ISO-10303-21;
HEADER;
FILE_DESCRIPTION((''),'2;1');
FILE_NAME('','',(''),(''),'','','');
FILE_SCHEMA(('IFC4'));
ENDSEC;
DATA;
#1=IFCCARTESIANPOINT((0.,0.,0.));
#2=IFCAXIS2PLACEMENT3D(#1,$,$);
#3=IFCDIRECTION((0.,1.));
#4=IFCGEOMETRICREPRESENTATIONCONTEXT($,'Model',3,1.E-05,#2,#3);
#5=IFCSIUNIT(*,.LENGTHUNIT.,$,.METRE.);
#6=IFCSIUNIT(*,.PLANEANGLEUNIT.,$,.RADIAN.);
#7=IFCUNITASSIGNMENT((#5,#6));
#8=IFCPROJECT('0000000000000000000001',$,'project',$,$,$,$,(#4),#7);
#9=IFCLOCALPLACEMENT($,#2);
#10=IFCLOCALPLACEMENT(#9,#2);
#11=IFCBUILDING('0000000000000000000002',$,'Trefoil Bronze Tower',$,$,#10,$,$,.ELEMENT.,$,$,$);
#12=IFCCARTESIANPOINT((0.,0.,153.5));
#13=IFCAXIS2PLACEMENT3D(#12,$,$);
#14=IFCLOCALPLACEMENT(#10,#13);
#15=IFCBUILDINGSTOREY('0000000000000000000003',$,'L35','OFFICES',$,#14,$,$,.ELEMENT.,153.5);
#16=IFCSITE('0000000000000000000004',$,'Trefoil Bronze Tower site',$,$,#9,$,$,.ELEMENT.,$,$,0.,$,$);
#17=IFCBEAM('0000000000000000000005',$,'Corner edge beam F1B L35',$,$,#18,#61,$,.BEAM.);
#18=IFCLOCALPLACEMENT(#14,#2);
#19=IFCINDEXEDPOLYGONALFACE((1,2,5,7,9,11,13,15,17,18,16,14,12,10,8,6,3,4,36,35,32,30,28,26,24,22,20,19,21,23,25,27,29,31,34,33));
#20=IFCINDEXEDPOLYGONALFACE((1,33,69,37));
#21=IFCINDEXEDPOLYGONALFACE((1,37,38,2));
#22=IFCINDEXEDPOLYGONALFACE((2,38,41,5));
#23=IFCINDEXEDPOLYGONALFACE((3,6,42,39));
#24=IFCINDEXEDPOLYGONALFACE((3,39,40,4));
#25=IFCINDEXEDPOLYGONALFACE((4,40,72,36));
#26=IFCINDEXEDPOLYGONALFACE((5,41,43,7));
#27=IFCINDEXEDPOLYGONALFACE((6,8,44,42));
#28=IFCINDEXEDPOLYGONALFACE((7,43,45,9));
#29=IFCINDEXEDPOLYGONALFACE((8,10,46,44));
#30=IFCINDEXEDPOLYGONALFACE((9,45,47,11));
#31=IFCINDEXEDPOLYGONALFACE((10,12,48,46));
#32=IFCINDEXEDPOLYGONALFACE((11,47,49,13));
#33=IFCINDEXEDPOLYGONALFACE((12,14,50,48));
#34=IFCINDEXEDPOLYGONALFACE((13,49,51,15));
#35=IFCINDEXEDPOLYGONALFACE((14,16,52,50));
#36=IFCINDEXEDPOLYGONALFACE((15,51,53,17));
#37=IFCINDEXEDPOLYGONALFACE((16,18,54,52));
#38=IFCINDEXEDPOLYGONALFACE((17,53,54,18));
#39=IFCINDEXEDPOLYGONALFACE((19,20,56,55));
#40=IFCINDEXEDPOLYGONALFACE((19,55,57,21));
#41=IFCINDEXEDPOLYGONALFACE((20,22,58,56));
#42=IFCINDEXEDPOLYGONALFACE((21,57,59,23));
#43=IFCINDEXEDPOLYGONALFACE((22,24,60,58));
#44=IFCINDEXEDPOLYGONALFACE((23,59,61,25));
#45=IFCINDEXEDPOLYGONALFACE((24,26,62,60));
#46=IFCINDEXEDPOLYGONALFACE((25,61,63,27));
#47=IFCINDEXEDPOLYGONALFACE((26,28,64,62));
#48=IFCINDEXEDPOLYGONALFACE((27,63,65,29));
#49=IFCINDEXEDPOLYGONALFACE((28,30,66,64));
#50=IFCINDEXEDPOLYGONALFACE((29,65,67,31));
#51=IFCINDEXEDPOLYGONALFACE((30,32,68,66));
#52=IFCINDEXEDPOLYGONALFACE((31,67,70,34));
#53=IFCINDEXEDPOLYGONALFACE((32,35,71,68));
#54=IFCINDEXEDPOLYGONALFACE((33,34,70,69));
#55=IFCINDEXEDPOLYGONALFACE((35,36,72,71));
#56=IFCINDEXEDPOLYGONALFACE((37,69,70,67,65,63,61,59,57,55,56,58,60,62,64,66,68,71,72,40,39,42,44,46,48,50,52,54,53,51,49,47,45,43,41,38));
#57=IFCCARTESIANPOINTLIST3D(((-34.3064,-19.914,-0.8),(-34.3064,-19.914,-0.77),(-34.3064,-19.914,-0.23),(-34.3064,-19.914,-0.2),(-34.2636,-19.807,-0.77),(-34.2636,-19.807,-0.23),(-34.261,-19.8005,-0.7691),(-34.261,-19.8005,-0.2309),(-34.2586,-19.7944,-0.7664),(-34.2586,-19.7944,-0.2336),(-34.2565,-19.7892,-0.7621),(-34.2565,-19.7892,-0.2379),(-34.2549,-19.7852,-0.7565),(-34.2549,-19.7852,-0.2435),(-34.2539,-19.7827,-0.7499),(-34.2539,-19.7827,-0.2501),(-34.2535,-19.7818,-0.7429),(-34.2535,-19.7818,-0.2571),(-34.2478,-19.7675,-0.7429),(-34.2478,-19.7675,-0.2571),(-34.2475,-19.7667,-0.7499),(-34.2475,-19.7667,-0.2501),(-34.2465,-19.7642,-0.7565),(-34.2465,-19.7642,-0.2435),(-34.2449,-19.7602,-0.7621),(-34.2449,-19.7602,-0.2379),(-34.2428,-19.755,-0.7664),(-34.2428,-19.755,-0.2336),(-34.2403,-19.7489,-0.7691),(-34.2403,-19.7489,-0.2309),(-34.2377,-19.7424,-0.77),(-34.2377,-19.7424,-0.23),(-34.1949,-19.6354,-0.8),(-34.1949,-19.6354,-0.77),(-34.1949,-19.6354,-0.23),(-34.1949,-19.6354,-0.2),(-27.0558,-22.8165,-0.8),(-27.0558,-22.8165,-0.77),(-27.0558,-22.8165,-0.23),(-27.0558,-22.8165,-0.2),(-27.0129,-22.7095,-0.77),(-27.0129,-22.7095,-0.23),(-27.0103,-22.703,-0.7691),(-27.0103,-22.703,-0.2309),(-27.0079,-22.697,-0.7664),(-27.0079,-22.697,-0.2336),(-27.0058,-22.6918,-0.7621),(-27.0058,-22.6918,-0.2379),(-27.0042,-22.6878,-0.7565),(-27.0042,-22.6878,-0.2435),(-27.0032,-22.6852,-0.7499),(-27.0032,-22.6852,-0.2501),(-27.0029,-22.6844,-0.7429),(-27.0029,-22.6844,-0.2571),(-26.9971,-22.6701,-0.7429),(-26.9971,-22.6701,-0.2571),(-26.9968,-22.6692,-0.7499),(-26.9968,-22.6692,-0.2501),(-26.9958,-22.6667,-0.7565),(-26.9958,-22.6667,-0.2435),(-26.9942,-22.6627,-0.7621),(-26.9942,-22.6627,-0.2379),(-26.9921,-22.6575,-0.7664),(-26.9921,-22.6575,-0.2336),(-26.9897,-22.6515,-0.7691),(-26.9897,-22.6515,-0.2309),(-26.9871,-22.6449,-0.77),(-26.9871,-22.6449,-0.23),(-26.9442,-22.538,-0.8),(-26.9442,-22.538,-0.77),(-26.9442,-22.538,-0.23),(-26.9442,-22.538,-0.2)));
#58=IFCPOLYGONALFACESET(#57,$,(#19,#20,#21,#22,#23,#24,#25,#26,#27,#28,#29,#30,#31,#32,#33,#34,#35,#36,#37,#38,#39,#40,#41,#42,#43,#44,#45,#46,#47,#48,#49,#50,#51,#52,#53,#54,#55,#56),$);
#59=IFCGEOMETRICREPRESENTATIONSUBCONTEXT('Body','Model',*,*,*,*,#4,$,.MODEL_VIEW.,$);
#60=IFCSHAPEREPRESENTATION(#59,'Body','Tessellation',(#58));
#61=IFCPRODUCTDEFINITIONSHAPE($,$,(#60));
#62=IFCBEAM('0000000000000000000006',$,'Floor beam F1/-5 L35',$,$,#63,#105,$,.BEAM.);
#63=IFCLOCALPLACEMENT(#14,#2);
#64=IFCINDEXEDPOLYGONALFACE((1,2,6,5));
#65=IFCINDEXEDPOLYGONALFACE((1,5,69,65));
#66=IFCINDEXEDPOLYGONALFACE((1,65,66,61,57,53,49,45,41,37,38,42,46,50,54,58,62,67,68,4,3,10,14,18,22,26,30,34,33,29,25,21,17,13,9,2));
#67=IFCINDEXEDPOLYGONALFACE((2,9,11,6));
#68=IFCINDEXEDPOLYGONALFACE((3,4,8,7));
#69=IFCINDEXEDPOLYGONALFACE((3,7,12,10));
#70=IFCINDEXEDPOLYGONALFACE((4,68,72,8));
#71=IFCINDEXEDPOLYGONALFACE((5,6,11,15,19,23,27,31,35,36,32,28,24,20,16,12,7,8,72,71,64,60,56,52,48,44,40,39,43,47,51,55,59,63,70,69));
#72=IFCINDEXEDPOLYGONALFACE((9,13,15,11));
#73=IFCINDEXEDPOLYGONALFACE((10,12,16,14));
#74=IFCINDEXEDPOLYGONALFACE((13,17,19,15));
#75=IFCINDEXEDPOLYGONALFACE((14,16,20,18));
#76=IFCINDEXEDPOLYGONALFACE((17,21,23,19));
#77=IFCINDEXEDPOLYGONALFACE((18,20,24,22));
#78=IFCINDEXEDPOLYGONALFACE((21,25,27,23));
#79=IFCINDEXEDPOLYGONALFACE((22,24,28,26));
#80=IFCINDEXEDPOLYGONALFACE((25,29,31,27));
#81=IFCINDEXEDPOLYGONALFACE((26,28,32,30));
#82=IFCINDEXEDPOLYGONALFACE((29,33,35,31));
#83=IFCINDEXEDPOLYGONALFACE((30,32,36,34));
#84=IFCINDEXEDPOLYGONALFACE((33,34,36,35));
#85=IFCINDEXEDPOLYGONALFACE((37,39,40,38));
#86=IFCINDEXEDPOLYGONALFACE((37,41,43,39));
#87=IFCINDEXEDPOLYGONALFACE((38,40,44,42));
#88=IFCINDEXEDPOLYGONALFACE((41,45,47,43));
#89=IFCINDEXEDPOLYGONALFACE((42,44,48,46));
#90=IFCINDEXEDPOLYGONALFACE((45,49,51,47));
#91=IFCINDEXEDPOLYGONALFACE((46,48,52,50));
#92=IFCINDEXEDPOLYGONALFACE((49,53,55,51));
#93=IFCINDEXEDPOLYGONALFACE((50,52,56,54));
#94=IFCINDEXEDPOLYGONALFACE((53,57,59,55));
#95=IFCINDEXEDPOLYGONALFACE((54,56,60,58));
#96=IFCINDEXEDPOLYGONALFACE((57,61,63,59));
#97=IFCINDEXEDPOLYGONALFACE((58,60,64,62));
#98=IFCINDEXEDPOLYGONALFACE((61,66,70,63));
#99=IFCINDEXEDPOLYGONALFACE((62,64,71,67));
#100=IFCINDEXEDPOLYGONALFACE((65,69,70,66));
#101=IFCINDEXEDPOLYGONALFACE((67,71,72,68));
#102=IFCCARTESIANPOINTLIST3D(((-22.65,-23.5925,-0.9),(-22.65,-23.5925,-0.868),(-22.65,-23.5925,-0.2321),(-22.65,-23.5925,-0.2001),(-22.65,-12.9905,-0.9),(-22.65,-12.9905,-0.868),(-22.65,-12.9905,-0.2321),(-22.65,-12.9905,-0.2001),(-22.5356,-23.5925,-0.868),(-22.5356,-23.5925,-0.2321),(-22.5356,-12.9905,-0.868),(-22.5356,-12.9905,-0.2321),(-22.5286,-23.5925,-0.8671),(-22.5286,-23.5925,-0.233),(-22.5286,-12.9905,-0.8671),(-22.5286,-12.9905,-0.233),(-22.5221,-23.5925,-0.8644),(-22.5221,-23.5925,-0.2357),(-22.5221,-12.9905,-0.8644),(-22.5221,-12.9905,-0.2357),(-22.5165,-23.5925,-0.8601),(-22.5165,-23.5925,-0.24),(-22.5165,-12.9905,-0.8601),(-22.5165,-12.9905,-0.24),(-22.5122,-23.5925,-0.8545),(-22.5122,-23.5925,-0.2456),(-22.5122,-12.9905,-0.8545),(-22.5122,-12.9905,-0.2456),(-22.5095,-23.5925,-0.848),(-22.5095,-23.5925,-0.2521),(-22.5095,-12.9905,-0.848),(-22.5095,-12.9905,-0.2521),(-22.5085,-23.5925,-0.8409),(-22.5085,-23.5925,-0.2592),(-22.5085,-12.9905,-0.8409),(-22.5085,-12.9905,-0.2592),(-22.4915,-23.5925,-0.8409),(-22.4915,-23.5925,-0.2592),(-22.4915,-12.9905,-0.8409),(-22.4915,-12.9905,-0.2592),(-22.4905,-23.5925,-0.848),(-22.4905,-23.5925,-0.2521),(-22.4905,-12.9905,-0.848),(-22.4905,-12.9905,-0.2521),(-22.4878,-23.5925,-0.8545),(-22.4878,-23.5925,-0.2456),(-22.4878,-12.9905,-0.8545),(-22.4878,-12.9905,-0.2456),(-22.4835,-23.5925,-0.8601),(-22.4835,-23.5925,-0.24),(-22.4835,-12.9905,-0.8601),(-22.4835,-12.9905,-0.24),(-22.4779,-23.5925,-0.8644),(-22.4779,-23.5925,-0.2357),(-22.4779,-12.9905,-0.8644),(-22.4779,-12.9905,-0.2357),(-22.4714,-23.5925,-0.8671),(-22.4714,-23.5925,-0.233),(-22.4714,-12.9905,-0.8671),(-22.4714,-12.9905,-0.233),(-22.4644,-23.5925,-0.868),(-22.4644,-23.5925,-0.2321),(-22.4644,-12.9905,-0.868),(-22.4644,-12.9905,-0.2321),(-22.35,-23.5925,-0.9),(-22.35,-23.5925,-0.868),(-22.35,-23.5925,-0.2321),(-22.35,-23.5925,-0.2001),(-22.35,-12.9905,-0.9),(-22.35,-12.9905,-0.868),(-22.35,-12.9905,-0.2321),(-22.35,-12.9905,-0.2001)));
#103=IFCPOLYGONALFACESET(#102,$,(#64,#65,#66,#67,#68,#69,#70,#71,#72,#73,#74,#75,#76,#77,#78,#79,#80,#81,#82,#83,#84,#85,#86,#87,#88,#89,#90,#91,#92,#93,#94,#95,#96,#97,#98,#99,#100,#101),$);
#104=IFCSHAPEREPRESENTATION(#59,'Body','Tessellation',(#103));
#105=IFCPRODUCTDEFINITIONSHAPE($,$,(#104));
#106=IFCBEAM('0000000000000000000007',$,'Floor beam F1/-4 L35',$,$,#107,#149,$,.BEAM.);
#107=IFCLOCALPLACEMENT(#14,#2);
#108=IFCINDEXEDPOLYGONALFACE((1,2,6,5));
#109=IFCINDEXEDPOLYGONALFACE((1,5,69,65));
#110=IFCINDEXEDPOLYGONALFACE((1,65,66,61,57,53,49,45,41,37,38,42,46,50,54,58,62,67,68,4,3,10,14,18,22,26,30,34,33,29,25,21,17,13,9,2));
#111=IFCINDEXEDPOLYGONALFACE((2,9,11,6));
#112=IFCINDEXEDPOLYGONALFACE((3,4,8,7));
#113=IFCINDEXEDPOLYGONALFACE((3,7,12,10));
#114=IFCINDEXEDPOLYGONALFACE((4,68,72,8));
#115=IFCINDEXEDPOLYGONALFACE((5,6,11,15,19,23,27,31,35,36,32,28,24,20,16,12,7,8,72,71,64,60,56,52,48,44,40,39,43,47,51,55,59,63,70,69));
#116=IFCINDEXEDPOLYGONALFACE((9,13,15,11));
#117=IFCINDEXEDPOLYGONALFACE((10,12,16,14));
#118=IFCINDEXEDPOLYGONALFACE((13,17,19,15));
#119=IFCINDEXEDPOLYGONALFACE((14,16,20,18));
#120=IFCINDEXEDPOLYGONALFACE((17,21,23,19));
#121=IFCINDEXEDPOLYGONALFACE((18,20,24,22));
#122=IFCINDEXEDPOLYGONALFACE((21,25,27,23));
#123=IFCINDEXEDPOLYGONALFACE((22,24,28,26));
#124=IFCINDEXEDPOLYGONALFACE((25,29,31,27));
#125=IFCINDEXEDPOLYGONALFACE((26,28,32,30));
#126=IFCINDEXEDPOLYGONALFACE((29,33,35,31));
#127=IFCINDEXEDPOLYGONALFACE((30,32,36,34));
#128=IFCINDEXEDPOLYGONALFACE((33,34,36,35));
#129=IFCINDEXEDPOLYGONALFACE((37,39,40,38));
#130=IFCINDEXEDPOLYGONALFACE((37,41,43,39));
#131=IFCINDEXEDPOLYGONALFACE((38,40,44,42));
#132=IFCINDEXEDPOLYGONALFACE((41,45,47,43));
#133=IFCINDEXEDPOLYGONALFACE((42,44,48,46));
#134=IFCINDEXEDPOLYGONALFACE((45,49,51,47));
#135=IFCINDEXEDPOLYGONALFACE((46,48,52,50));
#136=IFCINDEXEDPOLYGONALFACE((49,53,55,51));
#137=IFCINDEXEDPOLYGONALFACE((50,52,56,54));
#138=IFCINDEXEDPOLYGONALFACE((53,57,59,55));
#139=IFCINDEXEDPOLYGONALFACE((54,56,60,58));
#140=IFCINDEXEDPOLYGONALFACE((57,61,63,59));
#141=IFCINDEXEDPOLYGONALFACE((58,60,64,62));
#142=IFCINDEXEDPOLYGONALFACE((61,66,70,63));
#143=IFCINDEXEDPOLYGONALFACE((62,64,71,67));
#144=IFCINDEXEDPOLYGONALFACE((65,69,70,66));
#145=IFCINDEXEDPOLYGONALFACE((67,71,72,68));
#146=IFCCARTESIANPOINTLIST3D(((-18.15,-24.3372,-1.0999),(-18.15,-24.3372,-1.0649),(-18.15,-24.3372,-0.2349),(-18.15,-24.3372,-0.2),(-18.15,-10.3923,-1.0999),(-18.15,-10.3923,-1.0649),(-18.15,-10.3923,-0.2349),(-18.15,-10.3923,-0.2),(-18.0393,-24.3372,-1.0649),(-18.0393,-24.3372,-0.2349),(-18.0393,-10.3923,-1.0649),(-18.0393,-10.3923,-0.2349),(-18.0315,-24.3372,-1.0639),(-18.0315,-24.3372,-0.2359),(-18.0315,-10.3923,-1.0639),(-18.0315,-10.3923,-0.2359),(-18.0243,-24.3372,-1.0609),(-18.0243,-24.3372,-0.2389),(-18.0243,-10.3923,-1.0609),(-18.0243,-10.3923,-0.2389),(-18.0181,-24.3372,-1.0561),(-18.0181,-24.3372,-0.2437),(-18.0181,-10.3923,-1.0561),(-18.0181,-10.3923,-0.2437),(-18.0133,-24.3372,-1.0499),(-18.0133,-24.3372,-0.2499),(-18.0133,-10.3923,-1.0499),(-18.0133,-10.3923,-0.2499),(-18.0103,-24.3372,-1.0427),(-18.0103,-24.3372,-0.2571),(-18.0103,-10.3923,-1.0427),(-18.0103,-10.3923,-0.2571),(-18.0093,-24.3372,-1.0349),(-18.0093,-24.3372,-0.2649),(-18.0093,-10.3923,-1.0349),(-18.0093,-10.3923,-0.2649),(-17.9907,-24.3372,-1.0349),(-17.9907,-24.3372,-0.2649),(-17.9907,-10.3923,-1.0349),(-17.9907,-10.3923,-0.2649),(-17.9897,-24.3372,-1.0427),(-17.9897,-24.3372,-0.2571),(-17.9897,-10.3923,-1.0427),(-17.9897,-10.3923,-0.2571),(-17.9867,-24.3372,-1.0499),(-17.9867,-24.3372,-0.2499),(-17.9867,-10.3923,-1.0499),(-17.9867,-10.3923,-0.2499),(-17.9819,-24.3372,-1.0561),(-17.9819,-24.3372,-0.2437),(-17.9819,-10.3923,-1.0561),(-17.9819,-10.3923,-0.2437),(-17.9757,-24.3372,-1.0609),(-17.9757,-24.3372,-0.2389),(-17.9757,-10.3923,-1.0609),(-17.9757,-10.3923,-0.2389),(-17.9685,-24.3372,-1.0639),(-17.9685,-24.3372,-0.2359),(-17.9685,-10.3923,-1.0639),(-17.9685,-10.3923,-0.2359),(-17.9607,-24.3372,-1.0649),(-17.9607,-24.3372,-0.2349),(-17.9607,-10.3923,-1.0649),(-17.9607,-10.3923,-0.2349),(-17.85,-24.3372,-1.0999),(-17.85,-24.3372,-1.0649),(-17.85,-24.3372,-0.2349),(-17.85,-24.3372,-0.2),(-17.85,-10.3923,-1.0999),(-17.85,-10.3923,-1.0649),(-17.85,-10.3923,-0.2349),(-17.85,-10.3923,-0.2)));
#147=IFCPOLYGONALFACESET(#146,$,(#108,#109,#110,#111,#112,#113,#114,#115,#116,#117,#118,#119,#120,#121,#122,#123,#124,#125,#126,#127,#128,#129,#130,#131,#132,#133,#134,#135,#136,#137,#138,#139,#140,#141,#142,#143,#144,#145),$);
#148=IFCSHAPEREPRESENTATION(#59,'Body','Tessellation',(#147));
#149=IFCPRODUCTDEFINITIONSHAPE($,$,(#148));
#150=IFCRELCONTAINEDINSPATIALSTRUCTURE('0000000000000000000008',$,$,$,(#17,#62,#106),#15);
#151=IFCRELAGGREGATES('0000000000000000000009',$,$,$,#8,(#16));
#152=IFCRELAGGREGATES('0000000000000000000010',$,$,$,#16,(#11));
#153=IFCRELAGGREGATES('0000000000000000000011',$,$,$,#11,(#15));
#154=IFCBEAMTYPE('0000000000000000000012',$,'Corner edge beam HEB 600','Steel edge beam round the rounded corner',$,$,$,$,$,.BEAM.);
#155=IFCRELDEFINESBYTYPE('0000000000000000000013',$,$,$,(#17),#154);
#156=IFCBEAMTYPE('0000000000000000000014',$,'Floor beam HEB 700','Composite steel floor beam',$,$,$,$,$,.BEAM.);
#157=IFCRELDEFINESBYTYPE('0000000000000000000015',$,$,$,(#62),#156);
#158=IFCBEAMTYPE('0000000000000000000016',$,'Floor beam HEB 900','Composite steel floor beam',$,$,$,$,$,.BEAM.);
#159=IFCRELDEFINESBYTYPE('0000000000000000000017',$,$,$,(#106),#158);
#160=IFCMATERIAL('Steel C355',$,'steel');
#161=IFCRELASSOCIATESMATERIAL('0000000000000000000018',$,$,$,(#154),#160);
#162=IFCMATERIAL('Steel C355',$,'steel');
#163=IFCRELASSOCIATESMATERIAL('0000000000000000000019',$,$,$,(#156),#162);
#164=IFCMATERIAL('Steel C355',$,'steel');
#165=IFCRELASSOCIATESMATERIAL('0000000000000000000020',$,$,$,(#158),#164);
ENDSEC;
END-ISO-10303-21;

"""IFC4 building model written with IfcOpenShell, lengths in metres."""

from ifc_helpers import new_model, si_unit, direction, frame, origin, origin_2d, place, context, subcontext, project, spatial, i_section, extrude, material, material_profile, profile_set, type_object, element, save


model = new_model("IFC4")

# Units and contexts
model_context = context("Model", 3, precision=1e-05, world=origin(), true_north=direction((0.0, 1.0)))
body_context = subcontext(model_context, "Body", "Model", "MODEL_VIEW")
ifc_project = project(units=[si_unit("LENGTHUNIT", "METRE"), si_unit("PLANEANGLEUNIT", "RADIAN")], contexts=[model_context])

# Site, building, storey
site_placement = place(None, origin())
site = spatial("IfcSite", under=ifc_project, at=site_placement, Name="Trefoil Bronze Tower site", CompositionType="ELEMENT", RefElevation=0.0)
building_placement = place(site_placement, origin())
building = spatial("IfcBuilding", under=site, at=building_placement, Name="Trefoil Bronze Tower", CompositionType="ELEMENT")
storey_placement = place(building_placement, frame((0.0, 0.0, 153.5)))
storey = spatial("IfcBuildingStorey", under=building, at=storey_placement, Name="L35", Description="OFFICES", CompositionType="ELEMENT", Elevation=153.5)

# Beams
ifc_material_1 = material(Name="Steel C355", Category="steel")
ifc_material_profile_1 = material_profile(ifc_material_1, i_section(OverallWidth=0.3, OverallDepth=0.6001, WebThickness=0.0154, FlangeThickness=0.03, FilletRadius=0.0271, at=origin_2d()), Name="HEB 600")
ifc_profile_set_1 = profile_set([ifc_material_profile_1], Name="Steel C355")
beam_type_1 = type_object("IfcBeamType", Name="Corner edge beam HEB 600", Description="Steel edge beam round the rounded corner", PredefinedType="BEAM", material=ifc_profile_set_1)
beam_1_placement = place(storey_placement, frame((-27.0, -22.6772, -0.5), z_axis=(-0.928375, 0.371644, 0.0), x_axis=(-0.371644, -0.928375, 0.0)))
element("IfcBeam", 1, at=beam_1_placement, inside=storey, type_object=beam_type_1, Name="Corner edge beam F1B L35", PredefinedType="BEAM", context=body_context, shape_type="SweptSolid", body=[
    extrude(i_section(OverallWidth=0.3, OverallDepth=0.6001, WebThickness=0.0154, FlangeThickness=0.03, FilletRadius=0.0271, at=origin_2d()), origin(), (0.0, 0.0, 1.0), 7.8101),
])
ifc_material_2 = material(Name="Steel C355", Category="steel")
ifc_material_profile_2 = material_profile(ifc_material_2, i_section(OverallWidth=0.3, OverallDepth=0.7, WebThickness=0.0171, FlangeThickness=0.032, FilletRadius=0.0271, at=origin_2d()), Name="HEB 700")
ifc_profile_set_2 = profile_set([ifc_material_profile_2], Name="Steel C355")
beam_type_2 = type_object("IfcBeamType", Name="Floor beam HEB 700", Description="Composite steel floor beam", PredefinedType="BEAM", material=ifc_profile_set_2)
beam_2_placement = place(storey_placement, frame((-22.5, -23.5925, -0.55), z_axis=(0.0, 1.0, 0.0), x_axis=(-1.0, 0.0, 0.0)))
element("IfcBeam", 2, at=beam_2_placement, inside=storey, type_object=beam_type_2, Name="Floor beam F1/-5 L35", PredefinedType="BEAM", context=body_context, shape_type="SweptSolid", body=[
    extrude(i_section(OverallWidth=0.3, OverallDepth=0.7, WebThickness=0.0171, FlangeThickness=0.032, FilletRadius=0.0271, at=origin_2d()), origin(), (0.0, 0.0, 1.0), 10.6021),
])
ifc_material_3 = material(Name="Steel C355", Category="steel")
ifc_material_profile_3 = material_profile(ifc_material_3, i_section(OverallWidth=0.3, OverallDepth=0.8999, WebThickness=0.0186, FlangeThickness=0.0349, FilletRadius=0.03, at=origin_2d()), Name="HEB 900")
ifc_profile_set_3 = profile_set([ifc_material_profile_3], Name="Steel C355")
beam_type_3 = type_object("IfcBeamType", Name="Floor beam HEB 900", Description="Composite steel floor beam", PredefinedType="BEAM", material=ifc_profile_set_3)
beam_3_placement = place(storey_placement, frame((-18.0, -24.3372, -0.6499), z_axis=(0.0, 1.0, 0.0), x_axis=(-1.0, 0.0, 0.0)))
element("IfcBeam", 3, at=beam_3_placement, inside=storey, type_object=beam_type_3, Name="Floor beam F1/-4 L35", PredefinedType="BEAM", context=body_context, shape_type="SweptSolid", body=[
    extrude(i_section(OverallWidth=0.3, OverallDepth=0.8999, WebThickness=0.0186, FlangeThickness=0.0349, FilletRadius=0.03, at=origin_2d()), origin(), (0.0, 0.0, 1.0), 13.9448),
])

save(model, "model.ifc")
